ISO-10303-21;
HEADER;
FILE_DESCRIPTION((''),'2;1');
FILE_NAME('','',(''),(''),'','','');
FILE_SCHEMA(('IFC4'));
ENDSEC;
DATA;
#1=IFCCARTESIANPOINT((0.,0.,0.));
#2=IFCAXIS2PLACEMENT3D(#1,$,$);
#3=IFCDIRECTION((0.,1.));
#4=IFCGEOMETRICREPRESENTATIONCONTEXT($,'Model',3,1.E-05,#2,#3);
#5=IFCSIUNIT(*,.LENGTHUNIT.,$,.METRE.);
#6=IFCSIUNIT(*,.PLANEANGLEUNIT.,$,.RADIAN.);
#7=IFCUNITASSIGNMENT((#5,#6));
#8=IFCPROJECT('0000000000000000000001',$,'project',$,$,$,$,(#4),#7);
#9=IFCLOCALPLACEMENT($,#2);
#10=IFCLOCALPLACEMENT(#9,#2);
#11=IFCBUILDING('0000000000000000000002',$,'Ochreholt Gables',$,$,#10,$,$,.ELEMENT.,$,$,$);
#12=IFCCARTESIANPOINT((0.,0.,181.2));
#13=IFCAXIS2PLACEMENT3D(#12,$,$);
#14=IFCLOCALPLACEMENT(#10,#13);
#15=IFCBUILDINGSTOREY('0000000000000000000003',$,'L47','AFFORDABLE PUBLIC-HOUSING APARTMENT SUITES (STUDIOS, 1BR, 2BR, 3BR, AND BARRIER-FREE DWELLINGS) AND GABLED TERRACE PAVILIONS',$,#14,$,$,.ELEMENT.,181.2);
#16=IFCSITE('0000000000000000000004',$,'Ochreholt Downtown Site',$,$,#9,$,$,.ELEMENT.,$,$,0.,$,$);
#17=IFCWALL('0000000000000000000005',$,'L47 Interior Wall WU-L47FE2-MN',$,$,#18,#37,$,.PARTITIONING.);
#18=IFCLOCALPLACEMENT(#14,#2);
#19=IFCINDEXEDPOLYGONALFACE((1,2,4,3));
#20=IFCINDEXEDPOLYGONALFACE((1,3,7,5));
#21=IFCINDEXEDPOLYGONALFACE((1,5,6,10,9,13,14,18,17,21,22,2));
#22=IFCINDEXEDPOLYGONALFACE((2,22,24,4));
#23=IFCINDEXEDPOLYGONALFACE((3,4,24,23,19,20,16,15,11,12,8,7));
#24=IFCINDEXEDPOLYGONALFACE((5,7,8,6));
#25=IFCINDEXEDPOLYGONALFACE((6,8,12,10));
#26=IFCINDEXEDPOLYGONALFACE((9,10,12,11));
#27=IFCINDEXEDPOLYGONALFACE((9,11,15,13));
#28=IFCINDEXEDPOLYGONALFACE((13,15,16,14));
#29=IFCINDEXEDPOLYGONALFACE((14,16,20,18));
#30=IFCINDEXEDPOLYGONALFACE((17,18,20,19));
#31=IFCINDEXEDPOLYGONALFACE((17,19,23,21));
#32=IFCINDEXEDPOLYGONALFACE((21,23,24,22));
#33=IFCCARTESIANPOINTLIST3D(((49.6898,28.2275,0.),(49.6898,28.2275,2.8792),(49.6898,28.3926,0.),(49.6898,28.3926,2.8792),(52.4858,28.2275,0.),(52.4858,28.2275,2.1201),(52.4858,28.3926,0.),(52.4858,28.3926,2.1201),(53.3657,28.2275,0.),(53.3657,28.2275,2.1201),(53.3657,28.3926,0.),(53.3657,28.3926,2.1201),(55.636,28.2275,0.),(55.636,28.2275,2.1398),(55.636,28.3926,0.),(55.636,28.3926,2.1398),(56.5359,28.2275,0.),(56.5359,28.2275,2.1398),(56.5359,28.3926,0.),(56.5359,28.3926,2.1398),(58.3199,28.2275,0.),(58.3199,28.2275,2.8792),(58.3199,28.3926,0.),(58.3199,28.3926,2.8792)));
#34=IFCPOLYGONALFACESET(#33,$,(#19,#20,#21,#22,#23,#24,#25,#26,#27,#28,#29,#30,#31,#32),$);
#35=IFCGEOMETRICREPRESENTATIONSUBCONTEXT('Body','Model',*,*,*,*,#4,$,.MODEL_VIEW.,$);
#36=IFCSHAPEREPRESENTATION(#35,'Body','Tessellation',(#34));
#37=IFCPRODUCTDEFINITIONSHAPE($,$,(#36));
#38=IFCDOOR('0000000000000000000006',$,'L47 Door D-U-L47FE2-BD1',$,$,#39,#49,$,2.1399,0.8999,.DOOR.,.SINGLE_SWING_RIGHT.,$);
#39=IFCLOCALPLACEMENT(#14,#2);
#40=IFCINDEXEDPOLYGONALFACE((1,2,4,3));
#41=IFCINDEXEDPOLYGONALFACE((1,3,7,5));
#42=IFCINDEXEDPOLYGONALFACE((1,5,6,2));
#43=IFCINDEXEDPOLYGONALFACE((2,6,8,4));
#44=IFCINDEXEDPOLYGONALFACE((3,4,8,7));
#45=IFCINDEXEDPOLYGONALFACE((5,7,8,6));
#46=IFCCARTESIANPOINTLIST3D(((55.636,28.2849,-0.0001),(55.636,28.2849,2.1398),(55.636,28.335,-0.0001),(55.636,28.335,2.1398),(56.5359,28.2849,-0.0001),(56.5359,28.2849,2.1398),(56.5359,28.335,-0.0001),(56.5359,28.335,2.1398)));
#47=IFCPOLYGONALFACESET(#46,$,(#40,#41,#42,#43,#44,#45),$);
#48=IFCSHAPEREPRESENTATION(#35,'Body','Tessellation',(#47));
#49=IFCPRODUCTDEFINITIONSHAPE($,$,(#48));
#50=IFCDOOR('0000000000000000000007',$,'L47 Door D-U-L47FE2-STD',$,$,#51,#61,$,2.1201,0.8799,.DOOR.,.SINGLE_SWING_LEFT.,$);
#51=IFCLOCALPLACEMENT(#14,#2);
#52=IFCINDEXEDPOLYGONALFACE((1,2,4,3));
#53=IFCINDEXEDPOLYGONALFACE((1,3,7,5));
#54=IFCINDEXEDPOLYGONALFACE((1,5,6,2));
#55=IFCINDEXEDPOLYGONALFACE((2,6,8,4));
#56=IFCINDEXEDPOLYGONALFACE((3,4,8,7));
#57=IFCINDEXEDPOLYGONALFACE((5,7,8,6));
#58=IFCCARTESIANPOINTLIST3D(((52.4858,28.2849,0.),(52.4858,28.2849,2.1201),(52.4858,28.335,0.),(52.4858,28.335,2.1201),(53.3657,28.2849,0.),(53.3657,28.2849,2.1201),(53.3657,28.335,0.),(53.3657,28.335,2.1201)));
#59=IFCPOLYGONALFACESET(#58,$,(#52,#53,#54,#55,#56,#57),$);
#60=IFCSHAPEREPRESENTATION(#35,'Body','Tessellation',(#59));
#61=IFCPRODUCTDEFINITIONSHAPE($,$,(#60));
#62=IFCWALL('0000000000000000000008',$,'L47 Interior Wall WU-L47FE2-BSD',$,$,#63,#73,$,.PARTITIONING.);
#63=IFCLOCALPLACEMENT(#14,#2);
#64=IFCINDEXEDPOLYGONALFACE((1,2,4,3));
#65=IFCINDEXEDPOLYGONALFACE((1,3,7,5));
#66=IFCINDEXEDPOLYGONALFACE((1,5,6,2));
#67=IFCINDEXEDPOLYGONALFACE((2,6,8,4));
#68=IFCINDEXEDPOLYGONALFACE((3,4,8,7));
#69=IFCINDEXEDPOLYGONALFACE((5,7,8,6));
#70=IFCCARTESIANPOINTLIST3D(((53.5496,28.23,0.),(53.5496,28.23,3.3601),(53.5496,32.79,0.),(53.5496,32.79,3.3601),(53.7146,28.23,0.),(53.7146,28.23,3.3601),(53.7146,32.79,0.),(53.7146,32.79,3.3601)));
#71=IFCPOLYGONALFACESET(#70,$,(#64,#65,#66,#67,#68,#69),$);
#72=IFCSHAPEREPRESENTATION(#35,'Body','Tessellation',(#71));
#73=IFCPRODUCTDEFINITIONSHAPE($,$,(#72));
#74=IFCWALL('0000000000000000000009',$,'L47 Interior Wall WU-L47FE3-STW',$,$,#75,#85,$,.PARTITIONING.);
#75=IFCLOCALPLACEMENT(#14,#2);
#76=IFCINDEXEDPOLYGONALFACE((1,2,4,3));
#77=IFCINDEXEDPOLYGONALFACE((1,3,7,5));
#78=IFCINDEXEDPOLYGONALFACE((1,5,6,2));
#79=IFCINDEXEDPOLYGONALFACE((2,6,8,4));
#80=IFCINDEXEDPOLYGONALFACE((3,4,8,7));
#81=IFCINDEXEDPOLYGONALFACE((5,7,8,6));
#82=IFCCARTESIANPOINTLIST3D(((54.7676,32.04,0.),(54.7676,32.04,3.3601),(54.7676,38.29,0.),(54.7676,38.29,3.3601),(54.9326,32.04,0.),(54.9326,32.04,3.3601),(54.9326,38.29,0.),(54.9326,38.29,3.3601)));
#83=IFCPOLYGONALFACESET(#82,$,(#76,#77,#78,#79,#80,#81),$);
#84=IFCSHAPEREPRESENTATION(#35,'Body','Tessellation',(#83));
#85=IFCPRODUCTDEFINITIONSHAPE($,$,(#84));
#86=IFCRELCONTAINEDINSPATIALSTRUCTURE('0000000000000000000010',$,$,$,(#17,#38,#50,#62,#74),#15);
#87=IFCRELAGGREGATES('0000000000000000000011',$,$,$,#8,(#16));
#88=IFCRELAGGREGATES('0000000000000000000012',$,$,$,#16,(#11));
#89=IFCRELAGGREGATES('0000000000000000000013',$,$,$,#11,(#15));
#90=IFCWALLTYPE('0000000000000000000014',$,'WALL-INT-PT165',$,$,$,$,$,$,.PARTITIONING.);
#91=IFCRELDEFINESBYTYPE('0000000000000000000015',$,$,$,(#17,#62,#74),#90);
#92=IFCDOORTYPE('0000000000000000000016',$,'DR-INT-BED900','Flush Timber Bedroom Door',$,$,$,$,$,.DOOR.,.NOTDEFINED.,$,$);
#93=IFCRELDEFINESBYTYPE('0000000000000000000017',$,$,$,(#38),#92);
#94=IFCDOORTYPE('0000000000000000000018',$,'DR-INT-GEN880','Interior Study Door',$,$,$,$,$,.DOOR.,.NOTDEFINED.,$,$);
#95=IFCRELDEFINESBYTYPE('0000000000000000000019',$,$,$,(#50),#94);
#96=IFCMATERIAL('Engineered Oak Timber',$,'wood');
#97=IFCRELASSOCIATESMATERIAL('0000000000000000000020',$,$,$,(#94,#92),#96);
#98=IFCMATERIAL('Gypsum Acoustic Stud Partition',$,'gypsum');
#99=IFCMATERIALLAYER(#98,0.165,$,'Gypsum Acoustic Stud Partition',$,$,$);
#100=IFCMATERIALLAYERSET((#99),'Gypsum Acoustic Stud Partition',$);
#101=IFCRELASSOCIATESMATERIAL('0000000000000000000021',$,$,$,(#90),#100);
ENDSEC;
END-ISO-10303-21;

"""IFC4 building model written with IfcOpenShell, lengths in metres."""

from ifc_helpers import new_model, si_unit, direction, frame, frame_2d, origin, place, context, subcontext, project, spatial, rectangle, extrude, material, layer, layer_set, type_object, element, fill, save


model = new_model("IFC4")

# Units and contexts
model_context = context("Model", 3, precision=1e-05, world=origin(), true_north=direction((0.0, 1.0)))
body_context = subcontext(model_context, "Body", "Model", "MODEL_VIEW")
ifc_project = project(units=[si_unit("LENGTHUNIT", "METRE"), si_unit("PLANEANGLEUNIT", "RADIAN")], contexts=[model_context])

# Site, building, storey
site_placement = place(None, origin())
site = spatial("IfcSite", under=ifc_project, at=site_placement, Name="Ochreholt Downtown Site", CompositionType="ELEMENT", RefElevation=0.0)
building_placement = place(site_placement, origin())
building = spatial("IfcBuilding", under=site, at=building_placement, Name="Ochreholt Gables", CompositionType="ELEMENT")
storey_placement = place(building_placement, frame((0.0, 0.0, 181.2)))
storey = spatial("IfcBuildingStorey", under=building, at=storey_placement, Name="L47", Description="AFFORDABLE PUBLIC-HOUSING APARTMENT SUITES (STUDIOS, 1BR, 2BR, 3BR, AND BARRIER-FREE DWELLINGS) AND GABLED TERRACE PAVILIONS", CompositionType="ELEMENT", Elevation=181.2)

# Shared definitions
ifc_material_1 = material(Name="Engineered Oak Timber", Category="wood")
door_type_1 = type_object("IfcDoorType", Name="DR-INT-GEN880", Description="Interior Study Door", OperationType="NOTDEFINED", PredefinedType="DOOR", material=ifc_material_1)

# Wall, openings, doors
ifc_material_2 = material(Name="Gypsum Acoustic Stud Partition", Category="gypsum")
ifc_layer_1 = layer(ifc_material_2, 0.165, Name="Gypsum Acoustic Stud Partition")
ifc_layer_set_1 = layer_set([ifc_layer_1], Name="Gypsum Acoustic Stud Partition")
wall_type_1 = type_object("IfcWallType", Name="WALL-INT-PT165", PredefinedType="PARTITIONING", material=ifc_layer_set_1)
wall_1_placement = place(storey_placement, frame((49.6899, 28.3101, 0.0), z_axis=(0.0, 0.0, 1.0), x_axis=(1.0, 0.0, 0.0)))
wall_1 = element("IfcWall", 1, at=wall_1_placement, inside=storey, type_object=wall_type_1, Name="L47 Interior Wall WU-L47FE2-MN", PredefinedType="PARTITIONING", context=body_context, shape_type="SweptSolid", body=[
    extrude(rectangle(XDim=8.6301, YDim=0.165, at=frame_2d((4.3149, 0.0))), origin(), (0.0, 0.0, 1.0), 2.8792),
])
opening_1_placement = place(wall_1_placement, frame((2.7959, 0.0, 0.0)))
opening_1 = element("IfcOpeningElement", 2, at=opening_1_placement, cuts=wall_1, PredefinedType="OPENING", context=body_context, shape_type="SweptSolid", body=[
    extrude(rectangle(XDim=0.8799, YDim=2.1201, at=frame_2d((0.4399, 1.0601))), frame((0.0, 0.0925, 0.0), z_axis=(0.0, -1.0, 0.0), x_axis=(1.0, 0.0, 0.0)), (0.0, 0.0, 1.0), 0.1851),
])
opening_2_placement = place(wall_1_placement, frame((5.946, 0.0, 0.0)))
opening_2 = element("IfcOpeningElement", 3, at=opening_2_placement, cuts=wall_1, PredefinedType="OPENING", context=body_context, shape_type="SweptSolid", body=[
    extrude(rectangle(XDim=0.8999, YDim=2.1399, at=frame_2d((0.45, 1.0698))), frame((0.0, 0.0925, 0.0), z_axis=(0.0, -1.0, 0.0), x_axis=(1.0, 0.0, 0.0)), (0.0, 0.0, 1.0), 0.1851),
])
door_type_2 = type_object("IfcDoorType", Name="DR-INT-BED900", Description="Flush Timber Bedroom Door", OperationType="NOTDEFINED", PredefinedType="DOOR", material=ifc_material_1)
door_1_placement = place(opening_2_placement, origin())
door_1 = element("IfcDoor", 4, at=door_1_placement, inside=storey, type_object=door_type_2, Name="L47 Door D-U-L47FE2-BD1", OperationType="SINGLE_SWING_RIGHT", OverallHeight=2.1399, OverallWidth=0.8999, PredefinedType="DOOR", context=body_context, shape_type="SweptSolid", body=[
    extrude(rectangle(XDim=0.8999, YDim=2.1399, at=frame_2d((0.45, 1.0698))), frame((0.0, 0.0249, 0.0), z_axis=(0.0, -1.0, 0.0), x_axis=(1.0, 0.0, 0.0)), (0.0, 0.0, 1.0), 0.05),
])
fill(opening_2, door_1)
door_2_placement = place(opening_1_placement, origin())
door_2 = element("IfcDoor", 5, at=door_2_placement, inside=storey, type_object=door_type_1, Name="L47 Door D-U-L47FE2-STD", OperationType="SINGLE_SWING_LEFT", OverallHeight=2.1201, OverallWidth=0.8799, PredefinedType="DOOR", context=body_context, shape_type="SweptSolid", body=[
    extrude(rectangle(XDim=0.8799, YDim=2.1201, at=frame_2d((0.4399, 1.0601))), frame((0.0, 0.0249, 0.0), z_axis=(0.0, -1.0, 0.0), x_axis=(1.0, 0.0, 0.0)), (0.0, 0.0, 1.0), 0.05),
])
fill(opening_1, door_2)

# Walls
wall_2_placement = place(storey_placement, frame((53.6321, 28.23, 0.0), z_axis=(0.0, 0.0, 1.0), x_axis=(0.0, 1.0, 0.0)))
element("IfcWall", 6, at=wall_2_placement, inside=storey, type_object=wall_type_1, Name="L47 Interior Wall WU-L47FE2-BSD", PredefinedType="PARTITIONING", context=body_context, shape_type="SweptSolid", body=[
    extrude(rectangle(XDim=4.5601, YDim=0.165, at=frame_2d((2.28, 0.0))), origin(), (0.0, 0.0, 1.0), 3.3601),
])
wall_3_placement = place(storey_placement, frame((54.8501, 32.04, 0.0), z_axis=(0.0, 0.0, 1.0), x_axis=(0.0, 1.0, 0.0)))
element("IfcWall", 7, at=wall_3_placement, inside=storey, type_object=wall_type_1, Name="L47 Interior Wall WU-L47FE3-STW", PredefinedType="PARTITIONING", context=body_context, shape_type="SweptSolid", body=[
    extrude(rectangle(XDim=6.25, YDim=0.165, at=frame_2d((3.125, 0.0))), origin(), (0.0, 0.0, 1.0), 3.3601),
])

save(model, "model.ifc")
